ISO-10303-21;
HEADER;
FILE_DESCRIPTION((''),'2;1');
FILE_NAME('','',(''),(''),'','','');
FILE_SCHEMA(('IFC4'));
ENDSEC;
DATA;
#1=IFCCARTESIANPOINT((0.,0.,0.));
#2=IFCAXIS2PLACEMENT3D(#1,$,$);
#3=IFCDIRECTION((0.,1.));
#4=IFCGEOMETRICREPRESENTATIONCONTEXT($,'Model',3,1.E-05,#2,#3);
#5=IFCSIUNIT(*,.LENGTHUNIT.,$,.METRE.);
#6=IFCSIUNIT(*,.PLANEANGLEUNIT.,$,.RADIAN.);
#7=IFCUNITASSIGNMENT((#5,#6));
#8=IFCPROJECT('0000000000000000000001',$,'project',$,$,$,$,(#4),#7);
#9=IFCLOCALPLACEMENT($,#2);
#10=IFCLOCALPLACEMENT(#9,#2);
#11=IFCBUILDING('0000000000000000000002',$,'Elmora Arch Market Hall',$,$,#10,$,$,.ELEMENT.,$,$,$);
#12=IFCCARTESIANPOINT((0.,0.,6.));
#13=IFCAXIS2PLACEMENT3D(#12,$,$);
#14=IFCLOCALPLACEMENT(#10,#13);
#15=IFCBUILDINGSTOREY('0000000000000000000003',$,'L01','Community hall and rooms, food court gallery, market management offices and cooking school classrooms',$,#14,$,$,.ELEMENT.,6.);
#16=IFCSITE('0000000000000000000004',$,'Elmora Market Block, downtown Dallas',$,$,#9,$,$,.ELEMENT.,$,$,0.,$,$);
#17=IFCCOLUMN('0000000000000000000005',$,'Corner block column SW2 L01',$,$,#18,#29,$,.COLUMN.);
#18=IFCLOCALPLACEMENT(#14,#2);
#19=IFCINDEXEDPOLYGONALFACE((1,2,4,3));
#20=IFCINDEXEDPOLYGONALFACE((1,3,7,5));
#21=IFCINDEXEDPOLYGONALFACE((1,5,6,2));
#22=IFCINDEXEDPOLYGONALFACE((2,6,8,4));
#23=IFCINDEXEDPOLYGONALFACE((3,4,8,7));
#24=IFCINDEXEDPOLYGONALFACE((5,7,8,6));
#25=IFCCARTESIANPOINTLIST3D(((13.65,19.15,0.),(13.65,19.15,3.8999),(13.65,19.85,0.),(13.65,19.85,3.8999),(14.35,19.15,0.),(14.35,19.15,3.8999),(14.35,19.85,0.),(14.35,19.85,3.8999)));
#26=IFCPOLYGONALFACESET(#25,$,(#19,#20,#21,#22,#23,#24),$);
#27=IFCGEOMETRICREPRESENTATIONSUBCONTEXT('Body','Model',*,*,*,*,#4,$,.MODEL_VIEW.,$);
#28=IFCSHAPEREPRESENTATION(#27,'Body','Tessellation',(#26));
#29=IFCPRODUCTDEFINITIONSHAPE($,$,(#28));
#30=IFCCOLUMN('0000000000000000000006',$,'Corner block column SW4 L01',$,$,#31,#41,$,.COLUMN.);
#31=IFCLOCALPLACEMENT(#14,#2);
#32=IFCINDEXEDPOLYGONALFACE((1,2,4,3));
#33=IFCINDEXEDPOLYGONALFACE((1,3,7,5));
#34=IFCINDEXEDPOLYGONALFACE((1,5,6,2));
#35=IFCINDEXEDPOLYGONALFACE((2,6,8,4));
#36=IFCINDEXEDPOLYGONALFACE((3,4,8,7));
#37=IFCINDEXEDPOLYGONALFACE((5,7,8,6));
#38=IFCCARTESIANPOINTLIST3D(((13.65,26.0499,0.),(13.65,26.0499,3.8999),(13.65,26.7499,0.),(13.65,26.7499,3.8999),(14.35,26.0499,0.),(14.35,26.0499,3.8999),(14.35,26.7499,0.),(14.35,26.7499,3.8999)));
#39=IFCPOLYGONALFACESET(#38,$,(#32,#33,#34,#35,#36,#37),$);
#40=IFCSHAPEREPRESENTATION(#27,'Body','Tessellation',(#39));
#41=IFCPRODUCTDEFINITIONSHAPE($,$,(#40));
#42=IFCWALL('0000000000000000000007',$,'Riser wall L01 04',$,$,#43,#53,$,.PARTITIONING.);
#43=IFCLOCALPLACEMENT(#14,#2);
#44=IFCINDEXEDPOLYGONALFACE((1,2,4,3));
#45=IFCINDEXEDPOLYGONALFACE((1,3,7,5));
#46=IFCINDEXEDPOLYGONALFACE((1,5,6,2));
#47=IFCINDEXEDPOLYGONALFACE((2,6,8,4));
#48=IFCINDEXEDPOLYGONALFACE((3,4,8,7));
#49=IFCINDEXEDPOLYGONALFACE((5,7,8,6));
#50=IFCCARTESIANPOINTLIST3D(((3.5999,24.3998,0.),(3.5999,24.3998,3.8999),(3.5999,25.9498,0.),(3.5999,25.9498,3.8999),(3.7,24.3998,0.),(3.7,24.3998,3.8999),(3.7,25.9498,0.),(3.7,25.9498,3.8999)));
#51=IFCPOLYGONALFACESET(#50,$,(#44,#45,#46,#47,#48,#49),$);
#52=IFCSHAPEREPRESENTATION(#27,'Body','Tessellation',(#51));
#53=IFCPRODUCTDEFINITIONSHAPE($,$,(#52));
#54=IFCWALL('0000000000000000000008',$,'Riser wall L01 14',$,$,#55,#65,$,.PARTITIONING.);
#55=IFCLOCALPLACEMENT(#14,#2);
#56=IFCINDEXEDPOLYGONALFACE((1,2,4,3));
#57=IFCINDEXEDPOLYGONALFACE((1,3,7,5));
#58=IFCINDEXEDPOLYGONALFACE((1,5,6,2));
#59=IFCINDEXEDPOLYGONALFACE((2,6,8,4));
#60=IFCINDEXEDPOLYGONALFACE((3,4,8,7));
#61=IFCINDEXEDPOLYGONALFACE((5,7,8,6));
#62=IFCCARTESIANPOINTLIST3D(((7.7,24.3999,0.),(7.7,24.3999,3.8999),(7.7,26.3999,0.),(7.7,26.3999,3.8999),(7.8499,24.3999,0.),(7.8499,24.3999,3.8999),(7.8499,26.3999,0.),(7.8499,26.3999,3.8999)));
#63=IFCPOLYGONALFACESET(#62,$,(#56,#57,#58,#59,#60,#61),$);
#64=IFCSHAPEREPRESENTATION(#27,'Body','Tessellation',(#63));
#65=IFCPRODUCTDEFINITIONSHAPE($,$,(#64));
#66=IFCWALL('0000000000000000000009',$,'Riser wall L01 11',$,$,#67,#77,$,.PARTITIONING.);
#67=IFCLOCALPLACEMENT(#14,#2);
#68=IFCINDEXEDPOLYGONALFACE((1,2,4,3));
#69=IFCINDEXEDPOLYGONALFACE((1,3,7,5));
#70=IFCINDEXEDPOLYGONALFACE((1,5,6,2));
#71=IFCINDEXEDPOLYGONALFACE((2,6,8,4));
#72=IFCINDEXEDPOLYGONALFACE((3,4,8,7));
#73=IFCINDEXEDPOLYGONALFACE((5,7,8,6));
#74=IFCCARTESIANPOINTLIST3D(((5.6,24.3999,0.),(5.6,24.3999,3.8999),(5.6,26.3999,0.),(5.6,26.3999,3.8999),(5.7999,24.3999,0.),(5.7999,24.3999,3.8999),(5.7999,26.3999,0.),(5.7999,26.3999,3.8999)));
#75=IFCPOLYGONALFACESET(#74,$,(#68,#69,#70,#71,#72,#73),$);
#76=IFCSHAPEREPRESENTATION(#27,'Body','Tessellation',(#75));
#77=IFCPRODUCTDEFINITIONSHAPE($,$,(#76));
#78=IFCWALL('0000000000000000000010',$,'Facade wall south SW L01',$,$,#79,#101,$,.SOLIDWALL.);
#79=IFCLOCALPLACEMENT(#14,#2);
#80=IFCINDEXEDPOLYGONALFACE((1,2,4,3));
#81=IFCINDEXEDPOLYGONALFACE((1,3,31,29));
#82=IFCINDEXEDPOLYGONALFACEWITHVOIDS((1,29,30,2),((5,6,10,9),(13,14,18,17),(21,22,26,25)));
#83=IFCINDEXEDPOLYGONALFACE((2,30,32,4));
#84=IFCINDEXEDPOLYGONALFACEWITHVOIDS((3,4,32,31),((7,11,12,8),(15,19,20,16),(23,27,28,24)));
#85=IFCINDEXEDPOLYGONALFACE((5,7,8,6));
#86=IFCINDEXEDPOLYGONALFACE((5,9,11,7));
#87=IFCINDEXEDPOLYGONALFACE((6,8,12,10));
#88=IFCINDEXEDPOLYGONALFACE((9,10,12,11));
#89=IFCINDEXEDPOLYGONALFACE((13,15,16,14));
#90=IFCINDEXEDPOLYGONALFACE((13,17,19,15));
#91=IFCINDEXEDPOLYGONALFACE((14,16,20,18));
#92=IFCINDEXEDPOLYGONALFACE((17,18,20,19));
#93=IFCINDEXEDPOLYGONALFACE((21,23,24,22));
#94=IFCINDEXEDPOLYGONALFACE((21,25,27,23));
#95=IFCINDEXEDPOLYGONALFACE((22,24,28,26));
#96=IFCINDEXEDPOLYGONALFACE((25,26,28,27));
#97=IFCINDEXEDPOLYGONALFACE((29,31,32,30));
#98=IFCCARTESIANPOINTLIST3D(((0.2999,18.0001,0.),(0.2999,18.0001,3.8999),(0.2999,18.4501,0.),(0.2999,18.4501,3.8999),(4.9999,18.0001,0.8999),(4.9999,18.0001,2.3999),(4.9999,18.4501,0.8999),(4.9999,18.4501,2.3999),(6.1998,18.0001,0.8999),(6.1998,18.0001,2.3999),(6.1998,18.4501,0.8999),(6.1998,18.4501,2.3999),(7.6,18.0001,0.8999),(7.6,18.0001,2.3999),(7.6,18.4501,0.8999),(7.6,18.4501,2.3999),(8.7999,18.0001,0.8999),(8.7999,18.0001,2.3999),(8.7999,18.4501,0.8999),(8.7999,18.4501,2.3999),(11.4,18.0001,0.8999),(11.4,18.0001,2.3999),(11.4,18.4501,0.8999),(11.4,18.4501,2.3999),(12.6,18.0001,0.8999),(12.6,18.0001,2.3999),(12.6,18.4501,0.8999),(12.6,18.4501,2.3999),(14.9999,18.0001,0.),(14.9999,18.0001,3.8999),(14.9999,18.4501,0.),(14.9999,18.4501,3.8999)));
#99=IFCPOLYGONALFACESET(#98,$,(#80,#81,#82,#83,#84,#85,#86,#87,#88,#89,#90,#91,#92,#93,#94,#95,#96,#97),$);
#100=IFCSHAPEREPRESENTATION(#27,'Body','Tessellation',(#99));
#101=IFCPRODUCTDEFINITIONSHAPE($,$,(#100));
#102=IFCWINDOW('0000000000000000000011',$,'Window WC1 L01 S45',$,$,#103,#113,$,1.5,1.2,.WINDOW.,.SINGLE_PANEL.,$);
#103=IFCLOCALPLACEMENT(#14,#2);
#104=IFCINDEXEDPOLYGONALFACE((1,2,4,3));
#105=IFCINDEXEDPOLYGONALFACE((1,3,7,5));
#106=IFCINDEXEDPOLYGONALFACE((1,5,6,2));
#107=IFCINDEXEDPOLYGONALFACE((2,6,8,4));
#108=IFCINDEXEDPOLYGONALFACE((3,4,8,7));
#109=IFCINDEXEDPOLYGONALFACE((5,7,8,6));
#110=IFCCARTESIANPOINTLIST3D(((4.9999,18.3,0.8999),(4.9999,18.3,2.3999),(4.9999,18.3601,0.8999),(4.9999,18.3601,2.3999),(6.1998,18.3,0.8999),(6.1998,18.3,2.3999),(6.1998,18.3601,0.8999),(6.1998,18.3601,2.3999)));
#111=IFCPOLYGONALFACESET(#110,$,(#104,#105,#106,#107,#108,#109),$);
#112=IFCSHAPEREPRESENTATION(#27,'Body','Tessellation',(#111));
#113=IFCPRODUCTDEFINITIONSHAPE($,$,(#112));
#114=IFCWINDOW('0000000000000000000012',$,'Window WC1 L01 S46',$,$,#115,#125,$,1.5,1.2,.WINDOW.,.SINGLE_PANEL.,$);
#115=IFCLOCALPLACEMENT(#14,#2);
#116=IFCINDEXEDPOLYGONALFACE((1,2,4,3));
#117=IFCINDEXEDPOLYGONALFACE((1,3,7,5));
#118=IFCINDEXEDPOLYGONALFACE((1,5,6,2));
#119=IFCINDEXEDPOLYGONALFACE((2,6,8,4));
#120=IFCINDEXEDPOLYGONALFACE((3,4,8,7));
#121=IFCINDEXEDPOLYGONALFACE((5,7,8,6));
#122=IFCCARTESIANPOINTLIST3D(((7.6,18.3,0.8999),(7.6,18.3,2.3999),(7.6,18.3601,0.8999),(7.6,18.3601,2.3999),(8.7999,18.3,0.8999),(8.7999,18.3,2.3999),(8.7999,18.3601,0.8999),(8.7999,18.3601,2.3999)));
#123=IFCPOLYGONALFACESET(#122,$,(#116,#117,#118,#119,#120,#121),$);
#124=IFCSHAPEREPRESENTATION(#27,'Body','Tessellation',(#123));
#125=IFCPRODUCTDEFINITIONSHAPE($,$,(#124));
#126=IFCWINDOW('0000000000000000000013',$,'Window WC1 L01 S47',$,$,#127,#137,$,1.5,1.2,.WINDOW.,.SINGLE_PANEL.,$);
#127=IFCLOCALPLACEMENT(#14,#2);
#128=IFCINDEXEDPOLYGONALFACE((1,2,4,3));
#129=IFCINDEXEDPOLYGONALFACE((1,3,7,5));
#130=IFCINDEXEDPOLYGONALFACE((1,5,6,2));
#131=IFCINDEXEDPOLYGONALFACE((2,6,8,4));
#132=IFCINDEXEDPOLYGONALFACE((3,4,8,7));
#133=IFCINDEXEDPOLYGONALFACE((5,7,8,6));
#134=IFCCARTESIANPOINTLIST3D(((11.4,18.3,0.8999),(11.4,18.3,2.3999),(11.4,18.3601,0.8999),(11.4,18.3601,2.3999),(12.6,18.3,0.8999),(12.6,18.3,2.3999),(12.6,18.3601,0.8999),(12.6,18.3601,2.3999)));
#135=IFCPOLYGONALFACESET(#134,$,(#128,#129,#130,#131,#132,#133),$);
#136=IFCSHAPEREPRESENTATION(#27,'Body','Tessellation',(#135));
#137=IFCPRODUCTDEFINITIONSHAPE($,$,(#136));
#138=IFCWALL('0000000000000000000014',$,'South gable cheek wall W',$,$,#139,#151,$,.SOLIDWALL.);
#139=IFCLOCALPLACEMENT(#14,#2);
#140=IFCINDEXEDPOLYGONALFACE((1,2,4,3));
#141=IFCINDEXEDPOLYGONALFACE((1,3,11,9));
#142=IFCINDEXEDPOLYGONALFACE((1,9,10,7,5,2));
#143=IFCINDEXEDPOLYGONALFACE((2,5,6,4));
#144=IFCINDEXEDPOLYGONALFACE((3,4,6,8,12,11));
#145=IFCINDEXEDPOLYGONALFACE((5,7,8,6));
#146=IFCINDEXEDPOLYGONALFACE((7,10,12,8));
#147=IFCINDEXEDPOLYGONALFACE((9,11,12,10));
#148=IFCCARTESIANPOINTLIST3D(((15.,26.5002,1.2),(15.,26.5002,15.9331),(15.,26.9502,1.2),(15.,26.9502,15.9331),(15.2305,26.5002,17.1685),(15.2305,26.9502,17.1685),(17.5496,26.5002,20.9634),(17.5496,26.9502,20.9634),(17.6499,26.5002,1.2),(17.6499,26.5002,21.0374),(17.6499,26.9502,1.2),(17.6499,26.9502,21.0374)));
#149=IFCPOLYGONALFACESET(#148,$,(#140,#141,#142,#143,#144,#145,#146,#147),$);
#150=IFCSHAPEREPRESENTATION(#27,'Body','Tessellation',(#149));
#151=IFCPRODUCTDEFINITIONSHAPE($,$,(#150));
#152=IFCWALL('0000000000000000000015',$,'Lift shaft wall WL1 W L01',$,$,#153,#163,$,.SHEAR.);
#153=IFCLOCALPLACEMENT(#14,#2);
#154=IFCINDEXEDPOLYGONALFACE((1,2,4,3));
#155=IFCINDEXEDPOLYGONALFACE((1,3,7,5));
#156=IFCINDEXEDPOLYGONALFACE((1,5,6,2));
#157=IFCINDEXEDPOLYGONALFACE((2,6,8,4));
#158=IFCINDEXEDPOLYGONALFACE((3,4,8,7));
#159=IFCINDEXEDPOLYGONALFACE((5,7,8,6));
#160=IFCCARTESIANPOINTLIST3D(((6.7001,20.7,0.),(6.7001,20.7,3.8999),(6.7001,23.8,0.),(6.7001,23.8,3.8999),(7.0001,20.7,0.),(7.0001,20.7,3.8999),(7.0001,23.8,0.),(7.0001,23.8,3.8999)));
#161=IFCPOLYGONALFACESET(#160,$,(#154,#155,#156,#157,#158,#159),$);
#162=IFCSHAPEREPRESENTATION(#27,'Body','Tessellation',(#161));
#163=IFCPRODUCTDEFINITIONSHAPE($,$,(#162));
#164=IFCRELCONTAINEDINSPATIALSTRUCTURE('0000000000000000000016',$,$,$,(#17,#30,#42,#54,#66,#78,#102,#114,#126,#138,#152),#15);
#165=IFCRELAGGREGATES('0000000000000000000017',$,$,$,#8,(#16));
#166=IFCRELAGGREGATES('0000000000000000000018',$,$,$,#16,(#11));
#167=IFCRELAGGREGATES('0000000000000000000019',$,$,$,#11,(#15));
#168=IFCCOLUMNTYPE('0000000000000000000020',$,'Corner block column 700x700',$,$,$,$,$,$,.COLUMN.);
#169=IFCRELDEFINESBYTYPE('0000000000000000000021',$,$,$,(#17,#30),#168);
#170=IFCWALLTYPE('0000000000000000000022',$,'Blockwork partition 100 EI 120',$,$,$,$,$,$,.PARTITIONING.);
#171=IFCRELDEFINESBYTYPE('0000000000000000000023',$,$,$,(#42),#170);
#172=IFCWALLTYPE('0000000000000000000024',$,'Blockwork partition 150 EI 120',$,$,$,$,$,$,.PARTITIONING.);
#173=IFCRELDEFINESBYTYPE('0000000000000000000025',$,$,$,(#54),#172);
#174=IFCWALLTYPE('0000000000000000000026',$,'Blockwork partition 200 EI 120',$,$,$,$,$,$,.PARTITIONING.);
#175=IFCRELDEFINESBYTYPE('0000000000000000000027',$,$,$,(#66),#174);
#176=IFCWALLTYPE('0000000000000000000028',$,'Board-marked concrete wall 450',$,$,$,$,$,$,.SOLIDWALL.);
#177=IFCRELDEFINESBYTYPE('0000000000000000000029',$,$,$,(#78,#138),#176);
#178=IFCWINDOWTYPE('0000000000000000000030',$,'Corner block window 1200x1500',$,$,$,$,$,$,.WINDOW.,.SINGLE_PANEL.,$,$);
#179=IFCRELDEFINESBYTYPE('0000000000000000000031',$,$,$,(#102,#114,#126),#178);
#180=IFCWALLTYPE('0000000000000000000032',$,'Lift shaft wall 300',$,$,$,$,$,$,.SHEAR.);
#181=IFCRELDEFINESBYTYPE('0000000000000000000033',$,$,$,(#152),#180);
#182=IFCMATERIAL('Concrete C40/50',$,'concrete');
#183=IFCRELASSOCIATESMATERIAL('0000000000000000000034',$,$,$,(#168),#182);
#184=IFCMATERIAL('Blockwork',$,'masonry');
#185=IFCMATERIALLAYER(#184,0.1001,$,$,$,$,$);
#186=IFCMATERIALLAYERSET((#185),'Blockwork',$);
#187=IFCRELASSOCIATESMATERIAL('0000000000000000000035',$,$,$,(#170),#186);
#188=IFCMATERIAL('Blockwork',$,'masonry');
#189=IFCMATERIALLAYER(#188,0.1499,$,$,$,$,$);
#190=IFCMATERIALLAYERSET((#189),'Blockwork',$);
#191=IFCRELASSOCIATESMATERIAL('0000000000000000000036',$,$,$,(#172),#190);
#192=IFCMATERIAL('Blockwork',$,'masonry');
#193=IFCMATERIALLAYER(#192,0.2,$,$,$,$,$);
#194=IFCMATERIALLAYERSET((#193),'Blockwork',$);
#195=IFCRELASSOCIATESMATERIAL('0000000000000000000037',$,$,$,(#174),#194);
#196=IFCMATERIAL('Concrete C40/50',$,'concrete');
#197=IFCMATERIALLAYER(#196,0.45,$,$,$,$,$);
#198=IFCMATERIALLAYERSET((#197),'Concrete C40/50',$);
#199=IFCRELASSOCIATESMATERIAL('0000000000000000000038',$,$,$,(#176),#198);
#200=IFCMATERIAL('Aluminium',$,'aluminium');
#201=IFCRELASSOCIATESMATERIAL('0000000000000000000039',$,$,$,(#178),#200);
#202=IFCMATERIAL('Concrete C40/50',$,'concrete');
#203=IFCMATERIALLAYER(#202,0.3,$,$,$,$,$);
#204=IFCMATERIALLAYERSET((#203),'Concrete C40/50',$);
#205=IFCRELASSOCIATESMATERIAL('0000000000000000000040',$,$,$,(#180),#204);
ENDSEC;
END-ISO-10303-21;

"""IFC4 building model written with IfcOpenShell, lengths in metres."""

from ifc_helpers import new_model, si_unit, direction, frame, frame_2d, origin, origin_2d, place, context, subcontext, project, spatial, polyline, rectangle, outline, extrude, material, layer, layer_set, material_profile, profile_set, type_object, element, fill, save


model = new_model("IFC4")

# Units and contexts
model_context = context("Model", 3, precision=1e-05, world=origin(), true_north=direction((0.0, 1.0)))
body_context = subcontext(model_context, "Body", "Model", "MODEL_VIEW")
ifc_project = project(units=[si_unit("LENGTHUNIT", "METRE"), si_unit("PLANEANGLEUNIT", "RADIAN")], contexts=[model_context])

# Site, building, storey
site_placement = place(None, origin())
site = spatial("IfcSite", under=ifc_project, at=site_placement, Name="Elmora Market Block, downtown Dallas", CompositionType="ELEMENT", RefElevation=0.0)
building_placement = place(site_placement, origin())
building = spatial("IfcBuilding", under=site, at=building_placement, Name="Elmora Arch Market Hall", CompositionType="ELEMENT")
storey_placement = place(building_placement, frame((0.0, 0.0, 6.0)))
storey = spatial("IfcBuildingStorey", under=building, at=storey_placement, Name="L01", Description="Community hall and rooms, food court gallery, market management offices and cooking school classrooms", CompositionType="ELEMENT", Elevation=6.0)

# Columns
ifc_material_1 = material(Name="Concrete C40/50", Category="concrete")
ifc_material_profile = material_profile(ifc_material_1, rectangle(XDim=0.7, YDim=0.7, at=origin_2d()), Name="Corner block column 700x700")
ifc_profile_set = profile_set([ifc_material_profile], Name="Concrete C40/50")
column_type = type_object("IfcColumnType", Name="Corner block column 700x700", PredefinedType="COLUMN", material=ifc_profile_set)
for number, where, z_axis, x_axis, name in (
    (1, (14.0, 19.5, 0.0), (0.0, 0.0, 1.0), (1.0, 0.0, 0.0), "Corner block column SW2 L01"),
    (2, (14.0, 26.3999, 0.0), (0.0, 0.0, 1.0), (1.0, 0.0, 0.0), "Corner block column SW4 L01"),
):
    element("IfcColumn", number, at=place(storey_placement, frame(where, z_axis=z_axis, x_axis=x_axis)), inside=storey, type_object=column_type, Name=name, PredefinedType="COLUMN", context=body_context, shape_type="SweptSolid", body=[
        extrude(rectangle(XDim=0.7, YDim=0.7, at=origin_2d()), origin(), (0.0, 0.0, 1.0), 3.8999),
    ])

# Walls
ifc_material_2 = material(Name="Blockwork", Category="masonry")
ifc_layer_1 = layer(ifc_material_2, 0.1001)
ifc_layer_set_1 = layer_set([ifc_layer_1], Name="Blockwork")
wall_type_1 = type_object("IfcWallType", Name="Blockwork partition 100 EI 120", PredefinedType="PARTITIONING", material=ifc_layer_set_1)
wall_1_placement = place(storey_placement, frame((3.6499, 24.3999, 0.0), z_axis=(0.0, 0.0, 1.0), x_axis=(0.0, 1.0, 0.0)))
element("IfcWall", 3, at=wall_1_placement, inside=storey, type_object=wall_type_1, Name="Riser wall L01 04", PredefinedType="PARTITIONING", context=body_context, shape_type="SweptSolid", body=[
    extrude(rectangle(XDim=1.55, YDim=0.1001, at=frame_2d((0.7749, 0.0))), origin(), (0.0, 0.0, 1.0), 3.8999),
])
ifc_material_3 = material(Name="Blockwork", Category="masonry")
ifc_layer_2 = layer(ifc_material_3, 0.1499)
ifc_layer_set_2 = layer_set([ifc_layer_2], Name="Blockwork")
wall_type_2 = type_object("IfcWallType", Name="Blockwork partition 150 EI 120", PredefinedType="PARTITIONING", material=ifc_layer_set_2)
wall_2_placement = place(storey_placement, frame((7.7749, 24.3999, 0.0), z_axis=(0.0, 0.0, 1.0), x_axis=(0.0, 1.0, 0.0)))
element("IfcWall", 4, at=wall_2_placement, inside=storey, type_object=wall_type_2, Name="Riser wall L01 14", PredefinedType="PARTITIONING", context=body_context, shape_type="SweptSolid", body=[
    extrude(rectangle(XDim=2.0, YDim=0.1499, at=frame_2d((1.0, 0.0))), origin(), (0.0, 0.0, 1.0), 3.8999),
])
ifc_material_4 = material(Name="Blockwork", Category="masonry")
ifc_layer_3 = layer(ifc_material_4, 0.2)
ifc_layer_set_3 = layer_set([ifc_layer_3], Name="Blockwork")
wall_type_3 = type_object("IfcWallType", Name="Blockwork partition 200 EI 120", PredefinedType="PARTITIONING", material=ifc_layer_set_3)
wall_3_placement = place(storey_placement, frame((5.7, 24.3999, 0.0), z_axis=(0.0, 0.0, 1.0), x_axis=(0.0, 1.0, 0.0)))
element("IfcWall", 5, at=wall_3_placement, inside=storey, type_object=wall_type_3, Name="Riser wall L01 11", PredefinedType="PARTITIONING", context=body_context, shape_type="SweptSolid", body=[
    extrude(rectangle(XDim=2.0, YDim=0.2, at=frame_2d((1.0, 0.0))), origin(), (0.0, 0.0, 1.0), 3.8999),
])

# Wall, openings, windows
ifc_material_5 = material(Name="Concrete C40/50", Category="concrete")
ifc_layer_4 = layer(ifc_material_5, 0.45)
ifc_layer_set_4 = layer_set([ifc_layer_4], Name="Concrete C40/50")
wall_type_4 = type_object("IfcWallType", Name="Board-marked concrete wall 450", PredefinedType="SOLIDWALL", material=ifc_layer_set_4)
wall_4_placement = place(storey_placement, frame((15.0, 18.2251, 0.0), z_axis=(0.0, 0.0, 1.0), x_axis=(-1.0, 0.0, 0.0)))
wall_4 = element("IfcWall", 6, at=wall_4_placement, inside=storey, type_object=wall_type_4, Name="Facade wall south SW L01", PredefinedType="SOLIDWALL", context=body_context, shape_type="SweptSolid", body=[
    extrude(rectangle(XDim=14.7, YDim=0.45, at=frame_2d((7.3501, 0.0))), origin(), (0.0, 0.0, 1.0), 3.8999),
])
opening_1_placement = place(wall_4_placement, frame((8.8, 0.0, 0.8999)))
opening_1 = element("IfcOpeningElement", 7, at=opening_1_placement, cuts=wall_4, PredefinedType="OPENING", context=body_context, shape_type="SweptSolid", body=[
    extrude(rectangle(XDim=1.2, YDim=1.5, at=frame_2d((0.6001, 0.75))), frame((0.0, 0.2349, 0.0), z_axis=(0.0, -1.0, 0.0), x_axis=(1.0, 0.0, 0.0)), (0.0, 0.0, 1.0), 0.47),
])
opening_2_placement = place(wall_4_placement, frame((6.2, 0.0, 0.8999)))
opening_2 = element("IfcOpeningElement", 8, at=opening_2_placement, cuts=wall_4, PredefinedType="OPENING", context=body_context, shape_type="SweptSolid", body=[
    extrude(rectangle(XDim=1.2, YDim=1.5, at=frame_2d((0.6001, 0.75))), frame((0.0, 0.2349, 0.0), z_axis=(0.0, -1.0, 0.0), x_axis=(1.0, 0.0, 0.0)), (0.0, 0.0, 1.0), 0.47),
])
opening_3_placement = place(wall_4_placement, frame((2.3999, 0.0, 0.8999)))
opening_3 = element("IfcOpeningElement", 9, at=opening_3_placement, cuts=wall_4, PredefinedType="OPENING", context=body_context, shape_type="SweptSolid", body=[
    extrude(rectangle(XDim=1.2, YDim=1.5, at=frame_2d((0.6001, 0.75))), frame((0.0, 0.2349, 0.0), z_axis=(0.0, -1.0, 0.0), x_axis=(1.0, 0.0, 0.0)), (0.0, 0.0, 1.0), 0.47),
])
ifc_material_6 = material(Name="Aluminium", Category="aluminium")
window_type = type_object("IfcWindowType", Name="Corner block window 1200x1500", PartitioningType="SINGLE_PANEL", PredefinedType="WINDOW", material=ifc_material_6)
window_1_placement = place(opening_1_placement, origin())
window_1 = element("IfcWindow", 10, at=window_1_placement, inside=storey, type_object=window_type, Name="Window WC1 L01 S45", OverallHeight=1.5, OverallWidth=1.2, PartitioningType="SINGLE_PANEL", PredefinedType="WINDOW", context=body_context, shape_type="SweptSolid", body=[
    extrude(rectangle(XDim=1.2, YDim=1.5, at=frame_2d((0.6001, 0.75))), frame((0.0, -0.075, 0.0), z_axis=(0.0, -1.0, 0.0), x_axis=(1.0, 0.0, 0.0)), (0.0, 0.0, 1.0), 0.0601),
])
fill(opening_1, window_1)
window_2_placement = place(opening_2_placement, origin())
window_2 = element("IfcWindow", 11, at=window_2_placement, inside=storey, type_object=window_type, Name="Window WC1 L01 S46", OverallHeight=1.5, OverallWidth=1.2, PartitioningType="SINGLE_PANEL", PredefinedType="WINDOW", context=body_context, shape_type="SweptSolid", body=[
    extrude(rectangle(XDim=1.2, YDim=1.5, at=frame_2d((0.6001, 0.75))), frame((0.0, -0.075, 0.0), z_axis=(0.0, -1.0, 0.0), x_axis=(1.0, 0.0, 0.0)), (0.0, 0.0, 1.0), 0.0601),
])
fill(opening_2, window_2)
window_3_placement = place(opening_3_placement, origin())
window_3 = element("IfcWindow", 12, at=window_3_placement, inside=storey, type_object=window_type, Name="Window WC1 L01 S47", OverallHeight=1.5, OverallWidth=1.2, PartitioningType="SINGLE_PANEL", PredefinedType="WINDOW", context=body_context, shape_type="SweptSolid", body=[
    extrude(rectangle(XDim=1.2, YDim=1.5, at=frame_2d((0.6001, 0.75))), frame((0.0, -0.075, 0.0), z_axis=(0.0, -1.0, 0.0), x_axis=(1.0, 0.0, 0.0)), (0.0, 0.0, 1.0), 0.0601),
])
fill(opening_3, window_3)

# Walls
wall_5_placement = place(storey_placement, frame((15.0, 26.7251, 1.2), z_axis=(0.0, 0.0, 1.0), x_axis=(1.0, 0.0, 0.0)))
element("IfcWall", 13, at=wall_5_placement, inside=storey, type_object=wall_type_4, Name="South gable cheek wall W", PredefinedType="SOLIDWALL", context=body_context, shape_type="SweptSolid", body=[
    extrude(outline(polyline([(0.0, 0.0), (2.6499, 0.0), (2.6499, 19.8374), (2.5496, 19.7634), (0.2305, 15.9685), (0.0, 14.7332), (0.0, 0.0)])), frame((0.0, 0.2251, 0.0), z_axis=(0.0, -1.0, 0.0), x_axis=(1.0, 0.0, 0.0)), (0.0, 0.0, 1.0), 0.45),
])
ifc_material_7 = material(Name="Concrete C40/50", Category="concrete")
ifc_layer_5 = layer(ifc_material_7, 0.3)
ifc_layer_set_5 = layer_set([ifc_layer_5], Name="Concrete C40/50")
wall_type_5 = type_object("IfcWallType", Name="Lift shaft wall 300", PredefinedType="SHEAR", material=ifc_layer_set_5)
wall_6_placement = place(storey_placement, frame((6.8501, 20.7, 0.0), z_axis=(0.0, 0.0, 1.0), x_axis=(0.0, 1.0, 0.0)))
element("IfcWall", 14, at=wall_6_placement, inside=storey, type_object=wall_type_5, Name="Lift shaft wall WL1 W L01", PredefinedType="SHEAR", context=body_context, shape_type="SweptSolid", body=[
    extrude(rectangle(XDim=3.1001, YDim=0.3, at=frame_2d((1.55, 0.0))), origin(), (0.0, 0.0, 1.0), 3.8999),
])

save(model, "model.ifc")
